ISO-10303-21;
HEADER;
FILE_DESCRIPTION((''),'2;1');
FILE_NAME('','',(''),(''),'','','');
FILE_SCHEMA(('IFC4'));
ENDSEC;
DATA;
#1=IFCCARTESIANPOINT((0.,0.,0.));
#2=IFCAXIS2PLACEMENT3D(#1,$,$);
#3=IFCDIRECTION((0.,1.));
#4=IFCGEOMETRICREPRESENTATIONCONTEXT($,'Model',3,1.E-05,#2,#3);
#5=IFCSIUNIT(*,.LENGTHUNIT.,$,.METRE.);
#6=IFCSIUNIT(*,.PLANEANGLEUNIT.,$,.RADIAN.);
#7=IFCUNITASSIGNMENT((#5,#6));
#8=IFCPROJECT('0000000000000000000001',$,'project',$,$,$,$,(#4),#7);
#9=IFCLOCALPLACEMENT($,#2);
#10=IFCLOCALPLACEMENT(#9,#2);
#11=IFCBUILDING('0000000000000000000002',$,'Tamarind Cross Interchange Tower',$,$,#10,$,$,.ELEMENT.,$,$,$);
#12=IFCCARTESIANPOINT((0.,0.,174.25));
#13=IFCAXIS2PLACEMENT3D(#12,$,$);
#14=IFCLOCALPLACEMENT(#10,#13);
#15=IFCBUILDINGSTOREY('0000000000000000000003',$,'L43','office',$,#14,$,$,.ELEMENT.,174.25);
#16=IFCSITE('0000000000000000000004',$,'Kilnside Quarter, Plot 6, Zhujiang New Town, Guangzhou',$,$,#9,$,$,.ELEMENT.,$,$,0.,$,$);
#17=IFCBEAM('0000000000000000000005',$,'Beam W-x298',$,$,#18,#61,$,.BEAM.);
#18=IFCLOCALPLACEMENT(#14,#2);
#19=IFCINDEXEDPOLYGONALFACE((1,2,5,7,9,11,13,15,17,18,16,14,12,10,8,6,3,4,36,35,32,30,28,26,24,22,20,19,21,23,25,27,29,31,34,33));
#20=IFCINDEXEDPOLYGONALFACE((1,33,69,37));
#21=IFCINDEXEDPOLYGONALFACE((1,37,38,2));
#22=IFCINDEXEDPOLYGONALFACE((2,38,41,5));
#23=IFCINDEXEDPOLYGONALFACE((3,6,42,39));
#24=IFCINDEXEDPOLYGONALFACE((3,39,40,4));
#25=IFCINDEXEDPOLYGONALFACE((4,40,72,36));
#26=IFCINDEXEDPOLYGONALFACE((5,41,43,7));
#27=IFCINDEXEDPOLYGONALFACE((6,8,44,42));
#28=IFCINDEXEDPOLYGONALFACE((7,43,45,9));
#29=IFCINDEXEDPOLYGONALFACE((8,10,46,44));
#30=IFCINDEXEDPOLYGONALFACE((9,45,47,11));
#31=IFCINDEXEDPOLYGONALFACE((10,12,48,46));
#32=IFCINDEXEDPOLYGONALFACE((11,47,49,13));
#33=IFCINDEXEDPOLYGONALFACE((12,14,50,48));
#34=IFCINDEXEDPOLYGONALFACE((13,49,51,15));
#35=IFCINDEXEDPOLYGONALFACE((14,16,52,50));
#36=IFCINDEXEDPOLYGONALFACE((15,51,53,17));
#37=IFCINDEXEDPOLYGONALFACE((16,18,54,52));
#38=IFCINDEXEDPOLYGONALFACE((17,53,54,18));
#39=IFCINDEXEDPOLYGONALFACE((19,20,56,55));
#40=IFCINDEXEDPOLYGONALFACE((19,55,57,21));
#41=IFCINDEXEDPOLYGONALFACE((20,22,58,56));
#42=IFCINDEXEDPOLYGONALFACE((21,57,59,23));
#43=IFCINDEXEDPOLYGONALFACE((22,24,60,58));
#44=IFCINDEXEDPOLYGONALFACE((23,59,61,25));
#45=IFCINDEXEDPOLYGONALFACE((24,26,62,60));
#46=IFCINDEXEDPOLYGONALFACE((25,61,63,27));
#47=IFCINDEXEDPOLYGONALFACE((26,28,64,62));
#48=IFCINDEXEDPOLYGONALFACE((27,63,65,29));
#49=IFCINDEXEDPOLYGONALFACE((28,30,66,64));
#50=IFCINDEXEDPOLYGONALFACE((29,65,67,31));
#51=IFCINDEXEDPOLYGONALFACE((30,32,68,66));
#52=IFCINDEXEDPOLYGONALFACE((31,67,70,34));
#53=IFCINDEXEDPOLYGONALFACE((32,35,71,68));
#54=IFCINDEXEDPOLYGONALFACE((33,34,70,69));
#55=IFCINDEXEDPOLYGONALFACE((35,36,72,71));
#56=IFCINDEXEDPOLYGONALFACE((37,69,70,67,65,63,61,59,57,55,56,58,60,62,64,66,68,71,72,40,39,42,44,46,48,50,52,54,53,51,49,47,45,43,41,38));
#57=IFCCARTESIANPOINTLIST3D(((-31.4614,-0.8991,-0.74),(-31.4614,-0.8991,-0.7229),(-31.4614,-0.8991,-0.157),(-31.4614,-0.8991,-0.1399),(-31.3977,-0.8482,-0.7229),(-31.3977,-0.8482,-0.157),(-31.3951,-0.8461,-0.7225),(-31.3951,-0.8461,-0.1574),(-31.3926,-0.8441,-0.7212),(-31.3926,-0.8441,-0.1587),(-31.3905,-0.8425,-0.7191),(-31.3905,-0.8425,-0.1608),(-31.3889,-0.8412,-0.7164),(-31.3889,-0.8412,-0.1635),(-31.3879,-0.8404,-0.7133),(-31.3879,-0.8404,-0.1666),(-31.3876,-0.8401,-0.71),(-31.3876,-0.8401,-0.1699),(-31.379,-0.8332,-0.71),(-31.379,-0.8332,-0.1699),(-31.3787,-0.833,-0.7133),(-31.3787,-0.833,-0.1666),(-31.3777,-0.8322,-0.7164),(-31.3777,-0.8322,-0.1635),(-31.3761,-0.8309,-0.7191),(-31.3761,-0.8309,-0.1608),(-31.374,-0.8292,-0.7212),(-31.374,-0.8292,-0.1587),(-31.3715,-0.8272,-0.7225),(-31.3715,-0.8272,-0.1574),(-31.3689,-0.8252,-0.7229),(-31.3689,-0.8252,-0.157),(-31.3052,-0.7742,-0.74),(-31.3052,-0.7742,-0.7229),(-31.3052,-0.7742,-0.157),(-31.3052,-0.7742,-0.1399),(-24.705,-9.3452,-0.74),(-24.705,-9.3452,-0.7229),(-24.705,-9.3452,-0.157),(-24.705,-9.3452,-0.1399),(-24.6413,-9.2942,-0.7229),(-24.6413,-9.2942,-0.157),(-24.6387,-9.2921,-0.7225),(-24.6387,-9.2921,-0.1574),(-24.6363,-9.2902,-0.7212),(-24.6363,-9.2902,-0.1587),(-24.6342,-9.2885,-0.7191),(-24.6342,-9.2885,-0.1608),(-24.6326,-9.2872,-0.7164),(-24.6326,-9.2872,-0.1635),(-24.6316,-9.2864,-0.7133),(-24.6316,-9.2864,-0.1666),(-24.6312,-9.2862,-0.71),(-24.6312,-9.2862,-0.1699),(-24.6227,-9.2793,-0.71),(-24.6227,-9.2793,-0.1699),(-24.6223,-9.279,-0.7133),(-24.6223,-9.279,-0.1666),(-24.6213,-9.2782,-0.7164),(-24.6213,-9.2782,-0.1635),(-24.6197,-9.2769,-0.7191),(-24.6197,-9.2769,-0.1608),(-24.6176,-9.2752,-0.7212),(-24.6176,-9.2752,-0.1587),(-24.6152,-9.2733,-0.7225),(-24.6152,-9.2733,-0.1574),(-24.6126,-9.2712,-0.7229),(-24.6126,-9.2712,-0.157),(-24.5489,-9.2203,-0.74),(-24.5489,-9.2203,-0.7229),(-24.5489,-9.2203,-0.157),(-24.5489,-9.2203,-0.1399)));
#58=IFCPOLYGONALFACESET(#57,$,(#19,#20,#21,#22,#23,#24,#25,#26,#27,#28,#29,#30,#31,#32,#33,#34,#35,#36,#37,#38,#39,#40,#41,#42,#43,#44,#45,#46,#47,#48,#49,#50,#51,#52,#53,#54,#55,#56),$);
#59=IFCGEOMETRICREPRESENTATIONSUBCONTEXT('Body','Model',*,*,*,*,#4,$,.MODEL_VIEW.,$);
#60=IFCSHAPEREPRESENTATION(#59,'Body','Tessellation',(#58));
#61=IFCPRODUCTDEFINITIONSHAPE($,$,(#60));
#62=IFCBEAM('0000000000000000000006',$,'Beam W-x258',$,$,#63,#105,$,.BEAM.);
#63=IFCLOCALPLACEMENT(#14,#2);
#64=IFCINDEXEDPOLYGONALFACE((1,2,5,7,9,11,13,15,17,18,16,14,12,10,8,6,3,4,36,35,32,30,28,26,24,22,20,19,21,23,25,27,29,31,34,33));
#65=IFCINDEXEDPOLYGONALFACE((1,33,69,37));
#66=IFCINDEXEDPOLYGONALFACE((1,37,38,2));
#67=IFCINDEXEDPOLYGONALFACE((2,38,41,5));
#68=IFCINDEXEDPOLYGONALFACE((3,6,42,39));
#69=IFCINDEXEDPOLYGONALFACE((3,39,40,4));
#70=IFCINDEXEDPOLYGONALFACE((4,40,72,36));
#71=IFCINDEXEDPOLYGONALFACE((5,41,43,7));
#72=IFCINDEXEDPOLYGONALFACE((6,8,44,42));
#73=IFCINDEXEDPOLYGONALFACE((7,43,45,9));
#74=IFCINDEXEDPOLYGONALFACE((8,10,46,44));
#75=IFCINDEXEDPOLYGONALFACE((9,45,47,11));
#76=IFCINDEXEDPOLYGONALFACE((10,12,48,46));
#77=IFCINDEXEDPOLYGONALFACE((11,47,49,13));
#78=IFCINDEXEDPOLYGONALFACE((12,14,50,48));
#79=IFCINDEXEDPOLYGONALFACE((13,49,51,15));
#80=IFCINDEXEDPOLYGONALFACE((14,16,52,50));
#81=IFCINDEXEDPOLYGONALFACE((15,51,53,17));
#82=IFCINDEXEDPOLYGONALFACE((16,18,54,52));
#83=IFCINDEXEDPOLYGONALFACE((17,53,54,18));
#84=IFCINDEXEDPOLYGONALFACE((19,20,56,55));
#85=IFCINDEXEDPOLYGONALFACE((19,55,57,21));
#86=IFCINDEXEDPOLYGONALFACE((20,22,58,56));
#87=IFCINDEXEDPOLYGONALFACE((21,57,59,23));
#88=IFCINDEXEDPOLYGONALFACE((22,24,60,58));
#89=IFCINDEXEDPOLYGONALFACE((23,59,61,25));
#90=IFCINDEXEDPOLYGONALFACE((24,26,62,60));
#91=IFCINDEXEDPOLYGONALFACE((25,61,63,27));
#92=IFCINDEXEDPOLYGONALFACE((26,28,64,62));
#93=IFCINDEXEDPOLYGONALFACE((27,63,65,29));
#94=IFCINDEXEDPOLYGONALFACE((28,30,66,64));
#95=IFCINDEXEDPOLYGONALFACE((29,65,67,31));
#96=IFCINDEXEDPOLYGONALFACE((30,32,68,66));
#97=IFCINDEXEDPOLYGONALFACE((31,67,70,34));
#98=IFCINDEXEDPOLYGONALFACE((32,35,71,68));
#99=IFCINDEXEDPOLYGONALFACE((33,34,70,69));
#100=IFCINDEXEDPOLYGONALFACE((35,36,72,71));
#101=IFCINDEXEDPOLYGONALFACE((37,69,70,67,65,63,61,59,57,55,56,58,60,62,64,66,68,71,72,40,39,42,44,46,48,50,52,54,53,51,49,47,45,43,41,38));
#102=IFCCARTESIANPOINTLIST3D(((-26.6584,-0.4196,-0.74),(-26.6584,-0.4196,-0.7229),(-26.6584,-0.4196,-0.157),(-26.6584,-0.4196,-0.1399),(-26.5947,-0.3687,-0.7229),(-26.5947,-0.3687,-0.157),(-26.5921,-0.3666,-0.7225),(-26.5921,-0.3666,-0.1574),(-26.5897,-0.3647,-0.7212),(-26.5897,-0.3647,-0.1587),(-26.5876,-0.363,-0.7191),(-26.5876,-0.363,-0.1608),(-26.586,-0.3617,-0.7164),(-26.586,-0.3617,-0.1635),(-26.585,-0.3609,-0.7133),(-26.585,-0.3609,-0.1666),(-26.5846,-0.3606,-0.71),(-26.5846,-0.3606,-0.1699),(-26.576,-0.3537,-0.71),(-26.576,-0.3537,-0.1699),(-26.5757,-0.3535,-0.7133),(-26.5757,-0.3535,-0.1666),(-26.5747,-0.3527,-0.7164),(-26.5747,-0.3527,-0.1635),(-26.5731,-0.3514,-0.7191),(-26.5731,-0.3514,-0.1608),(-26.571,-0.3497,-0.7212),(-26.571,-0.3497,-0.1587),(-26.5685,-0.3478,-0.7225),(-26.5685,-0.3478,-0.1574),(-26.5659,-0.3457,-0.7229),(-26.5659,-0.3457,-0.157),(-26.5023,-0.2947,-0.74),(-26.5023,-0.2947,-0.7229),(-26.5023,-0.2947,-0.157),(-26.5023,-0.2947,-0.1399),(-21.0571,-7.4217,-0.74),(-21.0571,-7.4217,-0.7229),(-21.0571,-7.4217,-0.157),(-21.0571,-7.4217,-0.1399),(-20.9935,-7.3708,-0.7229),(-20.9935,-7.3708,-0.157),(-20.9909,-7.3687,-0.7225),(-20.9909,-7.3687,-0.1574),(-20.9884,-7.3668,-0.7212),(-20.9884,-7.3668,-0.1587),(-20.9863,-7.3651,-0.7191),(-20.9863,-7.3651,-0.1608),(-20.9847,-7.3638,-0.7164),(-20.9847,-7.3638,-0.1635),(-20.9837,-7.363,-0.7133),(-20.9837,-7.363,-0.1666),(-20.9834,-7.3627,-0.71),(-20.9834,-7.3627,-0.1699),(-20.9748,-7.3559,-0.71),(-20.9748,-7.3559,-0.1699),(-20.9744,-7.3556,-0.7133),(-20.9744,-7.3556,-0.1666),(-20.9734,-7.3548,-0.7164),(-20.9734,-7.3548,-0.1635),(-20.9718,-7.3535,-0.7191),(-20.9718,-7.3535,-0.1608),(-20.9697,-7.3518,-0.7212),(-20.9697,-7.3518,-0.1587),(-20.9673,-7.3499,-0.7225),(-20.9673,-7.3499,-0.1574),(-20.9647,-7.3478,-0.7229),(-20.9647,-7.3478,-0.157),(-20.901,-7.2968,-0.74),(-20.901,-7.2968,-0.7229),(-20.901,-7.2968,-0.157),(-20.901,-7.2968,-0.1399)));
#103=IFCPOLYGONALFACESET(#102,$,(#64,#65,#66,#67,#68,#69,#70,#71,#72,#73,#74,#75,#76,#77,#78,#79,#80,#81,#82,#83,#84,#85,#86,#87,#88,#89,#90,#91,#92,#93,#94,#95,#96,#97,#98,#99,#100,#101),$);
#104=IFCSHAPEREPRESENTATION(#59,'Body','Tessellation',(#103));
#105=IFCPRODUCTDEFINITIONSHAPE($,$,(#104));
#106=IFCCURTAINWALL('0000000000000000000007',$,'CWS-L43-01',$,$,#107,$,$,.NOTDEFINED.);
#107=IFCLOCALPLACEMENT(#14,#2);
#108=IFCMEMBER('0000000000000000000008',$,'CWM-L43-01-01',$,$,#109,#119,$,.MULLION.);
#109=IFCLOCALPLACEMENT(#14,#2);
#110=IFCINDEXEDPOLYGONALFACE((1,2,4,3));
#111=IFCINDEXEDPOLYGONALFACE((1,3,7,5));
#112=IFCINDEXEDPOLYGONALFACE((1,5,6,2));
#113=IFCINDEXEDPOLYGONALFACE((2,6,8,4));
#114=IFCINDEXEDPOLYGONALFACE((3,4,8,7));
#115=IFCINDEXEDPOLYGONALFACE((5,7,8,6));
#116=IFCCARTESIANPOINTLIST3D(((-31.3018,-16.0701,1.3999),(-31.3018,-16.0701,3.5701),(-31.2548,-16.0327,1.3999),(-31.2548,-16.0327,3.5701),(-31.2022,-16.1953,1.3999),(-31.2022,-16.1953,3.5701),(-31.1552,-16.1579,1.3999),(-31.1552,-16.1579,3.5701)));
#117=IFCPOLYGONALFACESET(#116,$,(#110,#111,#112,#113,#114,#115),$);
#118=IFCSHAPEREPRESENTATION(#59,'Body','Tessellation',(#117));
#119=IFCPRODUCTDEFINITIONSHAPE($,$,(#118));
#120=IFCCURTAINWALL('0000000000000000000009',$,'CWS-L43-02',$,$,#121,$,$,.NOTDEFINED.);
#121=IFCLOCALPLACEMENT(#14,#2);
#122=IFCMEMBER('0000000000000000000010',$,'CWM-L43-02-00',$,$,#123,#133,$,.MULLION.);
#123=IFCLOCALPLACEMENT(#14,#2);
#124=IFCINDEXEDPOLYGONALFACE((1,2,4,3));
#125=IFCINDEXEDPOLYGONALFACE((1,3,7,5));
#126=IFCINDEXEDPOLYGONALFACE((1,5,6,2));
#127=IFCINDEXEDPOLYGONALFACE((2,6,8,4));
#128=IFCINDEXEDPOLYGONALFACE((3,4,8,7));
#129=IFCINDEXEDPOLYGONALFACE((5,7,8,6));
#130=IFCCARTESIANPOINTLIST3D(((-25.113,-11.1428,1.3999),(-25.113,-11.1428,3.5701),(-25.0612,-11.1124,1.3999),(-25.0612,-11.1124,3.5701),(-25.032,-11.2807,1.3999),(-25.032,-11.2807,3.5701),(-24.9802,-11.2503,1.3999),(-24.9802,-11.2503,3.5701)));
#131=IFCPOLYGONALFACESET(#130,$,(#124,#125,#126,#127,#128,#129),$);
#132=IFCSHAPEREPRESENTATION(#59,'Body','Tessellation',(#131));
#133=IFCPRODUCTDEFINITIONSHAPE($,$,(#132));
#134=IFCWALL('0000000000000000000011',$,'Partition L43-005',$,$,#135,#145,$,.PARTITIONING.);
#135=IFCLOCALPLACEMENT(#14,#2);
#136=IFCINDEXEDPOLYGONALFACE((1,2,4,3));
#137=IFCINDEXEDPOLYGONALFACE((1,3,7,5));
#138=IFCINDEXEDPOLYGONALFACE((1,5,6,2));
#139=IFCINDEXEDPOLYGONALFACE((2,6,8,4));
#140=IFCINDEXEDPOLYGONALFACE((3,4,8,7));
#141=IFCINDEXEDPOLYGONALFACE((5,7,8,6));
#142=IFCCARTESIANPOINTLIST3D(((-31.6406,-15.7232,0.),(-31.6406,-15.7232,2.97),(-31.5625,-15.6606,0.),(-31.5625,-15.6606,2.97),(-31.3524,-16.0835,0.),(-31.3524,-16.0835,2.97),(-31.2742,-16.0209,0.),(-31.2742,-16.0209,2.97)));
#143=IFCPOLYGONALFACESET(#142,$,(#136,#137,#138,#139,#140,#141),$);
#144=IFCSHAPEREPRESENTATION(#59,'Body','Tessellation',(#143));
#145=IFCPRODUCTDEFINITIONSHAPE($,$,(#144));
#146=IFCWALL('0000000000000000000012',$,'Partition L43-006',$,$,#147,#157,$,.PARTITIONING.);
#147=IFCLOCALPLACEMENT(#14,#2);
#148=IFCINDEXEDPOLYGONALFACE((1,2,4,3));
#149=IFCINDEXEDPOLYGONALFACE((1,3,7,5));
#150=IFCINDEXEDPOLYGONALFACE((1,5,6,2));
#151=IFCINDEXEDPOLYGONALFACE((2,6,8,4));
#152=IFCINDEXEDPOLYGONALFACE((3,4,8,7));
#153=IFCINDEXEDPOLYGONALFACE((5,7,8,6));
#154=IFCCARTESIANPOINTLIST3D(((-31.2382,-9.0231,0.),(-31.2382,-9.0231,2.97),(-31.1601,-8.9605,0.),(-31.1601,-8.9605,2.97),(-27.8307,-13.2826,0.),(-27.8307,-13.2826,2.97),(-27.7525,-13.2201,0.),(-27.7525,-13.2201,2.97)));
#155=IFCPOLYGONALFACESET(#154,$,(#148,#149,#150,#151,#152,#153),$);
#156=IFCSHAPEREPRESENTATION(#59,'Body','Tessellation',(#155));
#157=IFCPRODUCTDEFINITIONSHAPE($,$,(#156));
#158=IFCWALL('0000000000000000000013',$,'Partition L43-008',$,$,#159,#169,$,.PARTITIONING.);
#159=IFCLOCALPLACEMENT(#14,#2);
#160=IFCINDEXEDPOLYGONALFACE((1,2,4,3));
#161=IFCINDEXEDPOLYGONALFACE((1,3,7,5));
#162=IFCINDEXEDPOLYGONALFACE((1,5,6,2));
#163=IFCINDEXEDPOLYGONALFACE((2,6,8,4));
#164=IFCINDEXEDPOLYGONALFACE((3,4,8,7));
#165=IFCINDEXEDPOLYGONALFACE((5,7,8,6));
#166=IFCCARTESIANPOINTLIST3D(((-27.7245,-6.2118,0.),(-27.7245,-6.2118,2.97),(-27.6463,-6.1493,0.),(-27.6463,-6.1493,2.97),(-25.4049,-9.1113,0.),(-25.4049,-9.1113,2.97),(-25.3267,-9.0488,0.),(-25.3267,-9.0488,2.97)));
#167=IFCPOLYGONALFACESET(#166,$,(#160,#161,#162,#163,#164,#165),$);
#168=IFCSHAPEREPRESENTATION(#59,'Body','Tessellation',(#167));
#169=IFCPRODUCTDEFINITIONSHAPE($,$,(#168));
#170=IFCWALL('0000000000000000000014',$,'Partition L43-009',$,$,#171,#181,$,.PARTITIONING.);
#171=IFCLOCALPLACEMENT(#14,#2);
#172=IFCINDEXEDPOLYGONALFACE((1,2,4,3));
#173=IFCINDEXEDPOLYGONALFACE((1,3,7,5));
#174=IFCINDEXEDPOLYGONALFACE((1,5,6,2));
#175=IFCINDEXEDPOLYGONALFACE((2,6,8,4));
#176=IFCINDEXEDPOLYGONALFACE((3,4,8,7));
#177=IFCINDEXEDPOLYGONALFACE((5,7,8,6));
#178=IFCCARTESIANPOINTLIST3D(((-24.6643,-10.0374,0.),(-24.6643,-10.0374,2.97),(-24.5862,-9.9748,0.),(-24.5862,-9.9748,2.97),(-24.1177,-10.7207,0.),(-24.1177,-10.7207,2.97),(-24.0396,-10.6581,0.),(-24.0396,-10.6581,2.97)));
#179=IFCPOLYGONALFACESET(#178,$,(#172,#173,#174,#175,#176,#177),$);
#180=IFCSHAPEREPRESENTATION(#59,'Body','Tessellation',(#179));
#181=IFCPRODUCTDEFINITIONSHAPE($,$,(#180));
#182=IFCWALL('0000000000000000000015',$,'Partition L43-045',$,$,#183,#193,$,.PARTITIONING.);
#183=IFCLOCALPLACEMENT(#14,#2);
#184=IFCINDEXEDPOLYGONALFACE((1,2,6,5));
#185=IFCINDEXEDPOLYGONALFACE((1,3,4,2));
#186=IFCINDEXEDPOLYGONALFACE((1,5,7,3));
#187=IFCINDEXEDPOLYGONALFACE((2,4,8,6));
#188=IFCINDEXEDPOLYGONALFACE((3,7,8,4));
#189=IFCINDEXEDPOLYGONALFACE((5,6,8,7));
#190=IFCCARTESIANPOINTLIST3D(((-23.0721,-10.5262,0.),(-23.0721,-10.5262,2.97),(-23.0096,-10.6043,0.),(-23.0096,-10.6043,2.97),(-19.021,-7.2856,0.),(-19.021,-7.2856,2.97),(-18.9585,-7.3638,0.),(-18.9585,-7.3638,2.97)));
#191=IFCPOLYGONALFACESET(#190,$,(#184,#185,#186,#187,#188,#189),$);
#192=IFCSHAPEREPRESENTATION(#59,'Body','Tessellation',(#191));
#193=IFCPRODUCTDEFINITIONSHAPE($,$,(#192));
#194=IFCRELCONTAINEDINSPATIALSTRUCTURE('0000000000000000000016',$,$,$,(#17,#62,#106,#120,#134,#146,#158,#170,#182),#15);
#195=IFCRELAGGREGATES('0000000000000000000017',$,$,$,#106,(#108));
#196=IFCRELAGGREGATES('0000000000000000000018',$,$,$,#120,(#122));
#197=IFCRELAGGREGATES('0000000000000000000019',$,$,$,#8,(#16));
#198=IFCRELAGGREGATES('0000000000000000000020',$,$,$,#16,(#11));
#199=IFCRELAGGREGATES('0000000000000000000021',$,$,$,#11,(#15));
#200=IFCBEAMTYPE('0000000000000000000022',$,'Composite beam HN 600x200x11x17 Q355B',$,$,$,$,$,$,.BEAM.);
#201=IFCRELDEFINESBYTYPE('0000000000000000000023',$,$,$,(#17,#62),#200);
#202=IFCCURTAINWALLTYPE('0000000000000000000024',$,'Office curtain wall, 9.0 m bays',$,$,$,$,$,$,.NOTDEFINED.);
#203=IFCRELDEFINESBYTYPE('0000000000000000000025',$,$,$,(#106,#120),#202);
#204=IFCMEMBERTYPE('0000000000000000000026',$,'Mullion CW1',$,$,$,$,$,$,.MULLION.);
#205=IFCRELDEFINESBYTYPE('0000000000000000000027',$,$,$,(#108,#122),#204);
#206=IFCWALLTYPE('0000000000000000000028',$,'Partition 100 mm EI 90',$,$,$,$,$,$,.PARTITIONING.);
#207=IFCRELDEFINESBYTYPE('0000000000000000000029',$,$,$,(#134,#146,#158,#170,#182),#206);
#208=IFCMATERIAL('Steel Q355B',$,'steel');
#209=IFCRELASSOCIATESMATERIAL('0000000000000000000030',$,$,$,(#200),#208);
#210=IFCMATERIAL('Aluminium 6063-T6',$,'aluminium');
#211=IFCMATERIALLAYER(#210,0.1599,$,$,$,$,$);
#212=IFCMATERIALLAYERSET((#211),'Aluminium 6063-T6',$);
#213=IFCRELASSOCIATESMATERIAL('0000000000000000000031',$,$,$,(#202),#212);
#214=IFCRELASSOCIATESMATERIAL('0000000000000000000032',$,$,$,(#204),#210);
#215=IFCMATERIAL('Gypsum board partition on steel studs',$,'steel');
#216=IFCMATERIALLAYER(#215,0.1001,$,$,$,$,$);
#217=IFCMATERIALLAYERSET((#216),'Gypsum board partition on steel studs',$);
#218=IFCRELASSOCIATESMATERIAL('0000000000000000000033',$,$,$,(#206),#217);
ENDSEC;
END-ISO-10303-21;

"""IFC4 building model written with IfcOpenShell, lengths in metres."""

from ifc_helpers import new_model, si_unit, direction, frame, frame_2d, origin, origin_2d, place, context, subcontext, project, spatial, rectangle, i_section, extrude, material, layer, layer_set, material_profile, profile_set, type_object, element, aggregate, save


model = new_model("IFC4")

# Units and contexts
model_context = context("Model", 3, precision=1e-05, world=origin(), true_north=direction((0.0, 1.0)))
body_context = subcontext(model_context, "Body", "Model", "MODEL_VIEW")
ifc_project = project(units=[si_unit("LENGTHUNIT", "METRE"), si_unit("PLANEANGLEUNIT", "RADIAN")], contexts=[model_context])

# Site, building, storey
site_placement = place(None, origin())
site = spatial("IfcSite", under=ifc_project, at=site_placement, Name="Kilnside Quarter, Plot 6, Zhujiang New Town, Guangzhou", CompositionType="ELEMENT", RefElevation=0.0)
building_placement = place(site_placement, origin())
building = spatial("IfcBuilding", under=site, at=building_placement, Name="Tamarind Cross Interchange Tower", CompositionType="ELEMENT")
storey_placement = place(building_placement, frame((0.0, 0.0, 174.25)))
storey = spatial("IfcBuildingStorey", under=building, at=storey_placement, Name="L43", Description="office", CompositionType="ELEMENT", Elevation=174.25)

# Beams
ifc_material_1 = material(Name="Steel Q355B", Category="steel")
ifc_material_profile_1 = material_profile(ifc_material_1, i_section(OverallWidth=0.2, OverallDepth=0.6001, WebThickness=0.011, FlangeThickness=0.0171, FilletRadius=0.0129, at=origin_2d()), Name="HN 600x200x11x17")
ifc_profile_set_1 = profile_set([ifc_material_profile_1], Name="Steel Q355B")
beam_type_1 = type_object("IfcBeamType", Name="Composite beam HN 600x200x11x17 Q355B", PredefinedType="BEAM", material=ifc_profile_set_1)
beam_1_placement = place(storey_placement, frame((-31.3833, -0.8367, -0.4399), z_axis=(0.624668, -0.780891, 0.0), x_axis=(0.780891, 0.624668, 0.0)))
element("IfcBeam", 1, at=beam_1_placement, inside=storey, type_object=beam_type_1, Name="Beam W-x298", PredefinedType="BEAM", context=body_context, shape_type="SweptSolid", body=[
    extrude(i_section(OverallWidth=0.2, OverallDepth=0.6001, WebThickness=0.011, FlangeThickness=0.0171, FilletRadius=0.0129, at=origin_2d()), origin(), (0.0, 0.0, 1.0), 10.8159),
])
beam_2_placement = place(storey_placement, frame((-26.5803, -0.3572, -0.4399), z_axis=(0.624665, -0.780893, 0.0), x_axis=(0.780893, 0.624665, 0.0)))
element("IfcBeam", 2, at=beam_2_placement, inside=storey, type_object=beam_type_1, Name="Beam W-x258", PredefinedType="BEAM", context=body_context, shape_type="SweptSolid", body=[
    extrude(i_section(OverallWidth=0.2, OverallDepth=0.6001, WebThickness=0.011, FlangeThickness=0.0171, FilletRadius=0.0129, at=origin_2d()), origin(), (0.0, 0.0, 1.0), 8.9668),
])

# Curtain walls, members
ifc_material_2 = material(Name="Aluminium 6063-T6", Category="aluminium")
ifc_layer_1 = layer(ifc_material_2, 0.1599)
ifc_layer_set_1 = layer_set([ifc_layer_1], Name="Aluminium 6063-T6")
curtain_wall_type = type_object("IfcCurtainWallType", Name="Office curtain wall, 9.0 m bays", PredefinedType="NOTDEFINED", material=ifc_layer_set_1)
curtain_wall_1_placement = place(storey_placement, origin())
curtain_wall_1 = element("IfcCurtainWall", 3, at=curtain_wall_1_placement, inside=storey, type_object=curtain_wall_type, Name="CWS-L43-01", PredefinedType="NOTDEFINED")
ifc_material_profile_2 = material_profile(ifc_material_2, rectangle(XDim=0.0601, YDim=0.1599, at=origin_2d()), Name="Mullion CW1")
ifc_profile_set_2 = profile_set([ifc_material_profile_2], Name="Aluminium 6063-T6")
member_type = type_object("IfcMemberType", Name="Mullion CW1", PredefinedType="MULLION", material=ifc_profile_set_2)
member_1_placement = place(storey_placement, frame((-31.2285, -16.114, 1.3999), z_axis=(0.0, 0.0, 1.0), x_axis=(0.7826, 0.622525, 0.0)))
member_1 = element("IfcMember", 4, at=member_1_placement, type_object=member_type, Name="CWM-L43-01-01", PredefinedType="MULLION", context=body_context, shape_type="SweptSolid", body=[
    extrude(rectangle(XDim=0.0601, YDim=0.1599, at=origin_2d()), origin(), (0.0, 0.0, 1.0), 2.1702),
])
aggregate(curtain_wall_1, [member_1])
curtain_wall_2_placement = place(storey_placement, origin())
curtain_wall_2 = element("IfcCurtainWall", 5, at=curtain_wall_2_placement, inside=storey, type_object=curtain_wall_type, Name="CWS-L43-02", PredefinedType="NOTDEFINED")
member_2_placement = place(storey_placement, frame((-25.0466, -11.1965, 1.3999), z_axis=(0.0, 0.0, 1.0), x_axis=(0.862306, 0.506388, 0.0)))
member_2 = element("IfcMember", 6, at=member_2_placement, type_object=member_type, Name="CWM-L43-02-00", PredefinedType="MULLION", context=body_context, shape_type="SweptSolid", body=[
    extrude(rectangle(XDim=0.0601, YDim=0.1599, at=origin_2d()), origin(), (0.0, 0.0, 1.0), 2.1702),
])
aggregate(curtain_wall_2, [member_2])

# Walls
ifc_material_3 = material(Name="Gypsum board partition on steel studs", Category="steel")
ifc_layer_2 = layer(ifc_material_3, 0.1001)
ifc_layer_set_2 = layer_set([ifc_layer_2], Name="Gypsum board partition on steel studs")
wall_type_1 = type_object("IfcWallType", Name="Partition 100 mm EI 90", PredefinedType="PARTITIONING", material=ifc_layer_set_2)
wall_1_placement = place(storey_placement, frame((-31.6016, -15.6919, 0.0), z_axis=(0.0, 0.0, 1.0), x_axis=(0.62476, -0.780817, 0.0)))
element("IfcWall", 7, at=wall_1_placement, inside=storey, type_object=wall_type_1, Name="Partition L43-005", PredefinedType="PARTITIONING", context=body_context, shape_type="SweptSolid", body=[
    extrude(rectangle(XDim=0.4614, YDim=0.1001, at=frame_2d((0.2307, 0.0))), origin(), (0.0, 0.0, 1.0), 2.97),
])
wall_2_placement = place(storey_placement, frame((-31.1992, -8.9917, 0.0), z_axis=(0.0, 0.0, 1.0), x_axis=(0.624679, -0.780882, 0.0)))
element("IfcWall", 8, at=wall_2_placement, inside=storey, type_object=wall_type_1, Name="Partition L43-006", PredefinedType="PARTITIONING", context=body_context, shape_type="SweptSolid", body=[
    extrude(rectangle(XDim=5.4548, YDim=0.1001, at=frame_2d((2.7275, 0.0))), origin(), (0.0, 0.0, 1.0), 2.97),
])
wall_3_placement = place(storey_placement, frame((-27.6853, -6.1807, 0.0), z_axis=(0.0, 0.0, 1.0), x_axis=(0.624703, -0.780862, 0.0)))
element("IfcWall", 9, at=wall_3_placement, inside=storey, type_object=wall_type_1, Name="Partition L43-008", PredefinedType="PARTITIONING", context=body_context, shape_type="SweptSolid", body=[
    extrude(rectangle(XDim=3.7131, YDim=0.1001, at=frame_2d((1.8564, 0.0))), origin(), (0.0, 0.0, 1.0), 2.97),
])
wall_4_placement = place(storey_placement, frame((-24.6252, -10.0061, 0.0), z_axis=(0.0, 0.0, 1.0), x_axis=(0.624661, -0.780896, 0.0)))
element("IfcWall", 10, at=wall_4_placement, inside=storey, type_object=wall_type_1, Name="Partition L43-009", PredefinedType="PARTITIONING", context=body_context, shape_type="SweptSolid", body=[
    extrude(rectangle(XDim=0.875, YDim=0.1001, at=frame_2d((0.4375, 0.0))), origin(), (0.0, 0.0, 1.0), 2.97),
])
wall_5_placement = place(storey_placement, frame((-23.0408, -10.5652, 0.0), z_axis=(0.0, 0.0, 1.0), x_axis=(0.780901, 0.624655, 0.0)))
element("IfcWall", 11, at=wall_5_placement, inside=storey, type_object=wall_type_1, Name="Partition L43-045", PredefinedType="PARTITIONING", context=body_context, shape_type="SweptSolid", body=[
    extrude(rectangle(XDim=5.1877, YDim=0.1001, at=frame_2d((2.5938, 0.0))), origin(), (0.0, 0.0, 1.0), 2.97),
])

save(model, "model.ifc")
